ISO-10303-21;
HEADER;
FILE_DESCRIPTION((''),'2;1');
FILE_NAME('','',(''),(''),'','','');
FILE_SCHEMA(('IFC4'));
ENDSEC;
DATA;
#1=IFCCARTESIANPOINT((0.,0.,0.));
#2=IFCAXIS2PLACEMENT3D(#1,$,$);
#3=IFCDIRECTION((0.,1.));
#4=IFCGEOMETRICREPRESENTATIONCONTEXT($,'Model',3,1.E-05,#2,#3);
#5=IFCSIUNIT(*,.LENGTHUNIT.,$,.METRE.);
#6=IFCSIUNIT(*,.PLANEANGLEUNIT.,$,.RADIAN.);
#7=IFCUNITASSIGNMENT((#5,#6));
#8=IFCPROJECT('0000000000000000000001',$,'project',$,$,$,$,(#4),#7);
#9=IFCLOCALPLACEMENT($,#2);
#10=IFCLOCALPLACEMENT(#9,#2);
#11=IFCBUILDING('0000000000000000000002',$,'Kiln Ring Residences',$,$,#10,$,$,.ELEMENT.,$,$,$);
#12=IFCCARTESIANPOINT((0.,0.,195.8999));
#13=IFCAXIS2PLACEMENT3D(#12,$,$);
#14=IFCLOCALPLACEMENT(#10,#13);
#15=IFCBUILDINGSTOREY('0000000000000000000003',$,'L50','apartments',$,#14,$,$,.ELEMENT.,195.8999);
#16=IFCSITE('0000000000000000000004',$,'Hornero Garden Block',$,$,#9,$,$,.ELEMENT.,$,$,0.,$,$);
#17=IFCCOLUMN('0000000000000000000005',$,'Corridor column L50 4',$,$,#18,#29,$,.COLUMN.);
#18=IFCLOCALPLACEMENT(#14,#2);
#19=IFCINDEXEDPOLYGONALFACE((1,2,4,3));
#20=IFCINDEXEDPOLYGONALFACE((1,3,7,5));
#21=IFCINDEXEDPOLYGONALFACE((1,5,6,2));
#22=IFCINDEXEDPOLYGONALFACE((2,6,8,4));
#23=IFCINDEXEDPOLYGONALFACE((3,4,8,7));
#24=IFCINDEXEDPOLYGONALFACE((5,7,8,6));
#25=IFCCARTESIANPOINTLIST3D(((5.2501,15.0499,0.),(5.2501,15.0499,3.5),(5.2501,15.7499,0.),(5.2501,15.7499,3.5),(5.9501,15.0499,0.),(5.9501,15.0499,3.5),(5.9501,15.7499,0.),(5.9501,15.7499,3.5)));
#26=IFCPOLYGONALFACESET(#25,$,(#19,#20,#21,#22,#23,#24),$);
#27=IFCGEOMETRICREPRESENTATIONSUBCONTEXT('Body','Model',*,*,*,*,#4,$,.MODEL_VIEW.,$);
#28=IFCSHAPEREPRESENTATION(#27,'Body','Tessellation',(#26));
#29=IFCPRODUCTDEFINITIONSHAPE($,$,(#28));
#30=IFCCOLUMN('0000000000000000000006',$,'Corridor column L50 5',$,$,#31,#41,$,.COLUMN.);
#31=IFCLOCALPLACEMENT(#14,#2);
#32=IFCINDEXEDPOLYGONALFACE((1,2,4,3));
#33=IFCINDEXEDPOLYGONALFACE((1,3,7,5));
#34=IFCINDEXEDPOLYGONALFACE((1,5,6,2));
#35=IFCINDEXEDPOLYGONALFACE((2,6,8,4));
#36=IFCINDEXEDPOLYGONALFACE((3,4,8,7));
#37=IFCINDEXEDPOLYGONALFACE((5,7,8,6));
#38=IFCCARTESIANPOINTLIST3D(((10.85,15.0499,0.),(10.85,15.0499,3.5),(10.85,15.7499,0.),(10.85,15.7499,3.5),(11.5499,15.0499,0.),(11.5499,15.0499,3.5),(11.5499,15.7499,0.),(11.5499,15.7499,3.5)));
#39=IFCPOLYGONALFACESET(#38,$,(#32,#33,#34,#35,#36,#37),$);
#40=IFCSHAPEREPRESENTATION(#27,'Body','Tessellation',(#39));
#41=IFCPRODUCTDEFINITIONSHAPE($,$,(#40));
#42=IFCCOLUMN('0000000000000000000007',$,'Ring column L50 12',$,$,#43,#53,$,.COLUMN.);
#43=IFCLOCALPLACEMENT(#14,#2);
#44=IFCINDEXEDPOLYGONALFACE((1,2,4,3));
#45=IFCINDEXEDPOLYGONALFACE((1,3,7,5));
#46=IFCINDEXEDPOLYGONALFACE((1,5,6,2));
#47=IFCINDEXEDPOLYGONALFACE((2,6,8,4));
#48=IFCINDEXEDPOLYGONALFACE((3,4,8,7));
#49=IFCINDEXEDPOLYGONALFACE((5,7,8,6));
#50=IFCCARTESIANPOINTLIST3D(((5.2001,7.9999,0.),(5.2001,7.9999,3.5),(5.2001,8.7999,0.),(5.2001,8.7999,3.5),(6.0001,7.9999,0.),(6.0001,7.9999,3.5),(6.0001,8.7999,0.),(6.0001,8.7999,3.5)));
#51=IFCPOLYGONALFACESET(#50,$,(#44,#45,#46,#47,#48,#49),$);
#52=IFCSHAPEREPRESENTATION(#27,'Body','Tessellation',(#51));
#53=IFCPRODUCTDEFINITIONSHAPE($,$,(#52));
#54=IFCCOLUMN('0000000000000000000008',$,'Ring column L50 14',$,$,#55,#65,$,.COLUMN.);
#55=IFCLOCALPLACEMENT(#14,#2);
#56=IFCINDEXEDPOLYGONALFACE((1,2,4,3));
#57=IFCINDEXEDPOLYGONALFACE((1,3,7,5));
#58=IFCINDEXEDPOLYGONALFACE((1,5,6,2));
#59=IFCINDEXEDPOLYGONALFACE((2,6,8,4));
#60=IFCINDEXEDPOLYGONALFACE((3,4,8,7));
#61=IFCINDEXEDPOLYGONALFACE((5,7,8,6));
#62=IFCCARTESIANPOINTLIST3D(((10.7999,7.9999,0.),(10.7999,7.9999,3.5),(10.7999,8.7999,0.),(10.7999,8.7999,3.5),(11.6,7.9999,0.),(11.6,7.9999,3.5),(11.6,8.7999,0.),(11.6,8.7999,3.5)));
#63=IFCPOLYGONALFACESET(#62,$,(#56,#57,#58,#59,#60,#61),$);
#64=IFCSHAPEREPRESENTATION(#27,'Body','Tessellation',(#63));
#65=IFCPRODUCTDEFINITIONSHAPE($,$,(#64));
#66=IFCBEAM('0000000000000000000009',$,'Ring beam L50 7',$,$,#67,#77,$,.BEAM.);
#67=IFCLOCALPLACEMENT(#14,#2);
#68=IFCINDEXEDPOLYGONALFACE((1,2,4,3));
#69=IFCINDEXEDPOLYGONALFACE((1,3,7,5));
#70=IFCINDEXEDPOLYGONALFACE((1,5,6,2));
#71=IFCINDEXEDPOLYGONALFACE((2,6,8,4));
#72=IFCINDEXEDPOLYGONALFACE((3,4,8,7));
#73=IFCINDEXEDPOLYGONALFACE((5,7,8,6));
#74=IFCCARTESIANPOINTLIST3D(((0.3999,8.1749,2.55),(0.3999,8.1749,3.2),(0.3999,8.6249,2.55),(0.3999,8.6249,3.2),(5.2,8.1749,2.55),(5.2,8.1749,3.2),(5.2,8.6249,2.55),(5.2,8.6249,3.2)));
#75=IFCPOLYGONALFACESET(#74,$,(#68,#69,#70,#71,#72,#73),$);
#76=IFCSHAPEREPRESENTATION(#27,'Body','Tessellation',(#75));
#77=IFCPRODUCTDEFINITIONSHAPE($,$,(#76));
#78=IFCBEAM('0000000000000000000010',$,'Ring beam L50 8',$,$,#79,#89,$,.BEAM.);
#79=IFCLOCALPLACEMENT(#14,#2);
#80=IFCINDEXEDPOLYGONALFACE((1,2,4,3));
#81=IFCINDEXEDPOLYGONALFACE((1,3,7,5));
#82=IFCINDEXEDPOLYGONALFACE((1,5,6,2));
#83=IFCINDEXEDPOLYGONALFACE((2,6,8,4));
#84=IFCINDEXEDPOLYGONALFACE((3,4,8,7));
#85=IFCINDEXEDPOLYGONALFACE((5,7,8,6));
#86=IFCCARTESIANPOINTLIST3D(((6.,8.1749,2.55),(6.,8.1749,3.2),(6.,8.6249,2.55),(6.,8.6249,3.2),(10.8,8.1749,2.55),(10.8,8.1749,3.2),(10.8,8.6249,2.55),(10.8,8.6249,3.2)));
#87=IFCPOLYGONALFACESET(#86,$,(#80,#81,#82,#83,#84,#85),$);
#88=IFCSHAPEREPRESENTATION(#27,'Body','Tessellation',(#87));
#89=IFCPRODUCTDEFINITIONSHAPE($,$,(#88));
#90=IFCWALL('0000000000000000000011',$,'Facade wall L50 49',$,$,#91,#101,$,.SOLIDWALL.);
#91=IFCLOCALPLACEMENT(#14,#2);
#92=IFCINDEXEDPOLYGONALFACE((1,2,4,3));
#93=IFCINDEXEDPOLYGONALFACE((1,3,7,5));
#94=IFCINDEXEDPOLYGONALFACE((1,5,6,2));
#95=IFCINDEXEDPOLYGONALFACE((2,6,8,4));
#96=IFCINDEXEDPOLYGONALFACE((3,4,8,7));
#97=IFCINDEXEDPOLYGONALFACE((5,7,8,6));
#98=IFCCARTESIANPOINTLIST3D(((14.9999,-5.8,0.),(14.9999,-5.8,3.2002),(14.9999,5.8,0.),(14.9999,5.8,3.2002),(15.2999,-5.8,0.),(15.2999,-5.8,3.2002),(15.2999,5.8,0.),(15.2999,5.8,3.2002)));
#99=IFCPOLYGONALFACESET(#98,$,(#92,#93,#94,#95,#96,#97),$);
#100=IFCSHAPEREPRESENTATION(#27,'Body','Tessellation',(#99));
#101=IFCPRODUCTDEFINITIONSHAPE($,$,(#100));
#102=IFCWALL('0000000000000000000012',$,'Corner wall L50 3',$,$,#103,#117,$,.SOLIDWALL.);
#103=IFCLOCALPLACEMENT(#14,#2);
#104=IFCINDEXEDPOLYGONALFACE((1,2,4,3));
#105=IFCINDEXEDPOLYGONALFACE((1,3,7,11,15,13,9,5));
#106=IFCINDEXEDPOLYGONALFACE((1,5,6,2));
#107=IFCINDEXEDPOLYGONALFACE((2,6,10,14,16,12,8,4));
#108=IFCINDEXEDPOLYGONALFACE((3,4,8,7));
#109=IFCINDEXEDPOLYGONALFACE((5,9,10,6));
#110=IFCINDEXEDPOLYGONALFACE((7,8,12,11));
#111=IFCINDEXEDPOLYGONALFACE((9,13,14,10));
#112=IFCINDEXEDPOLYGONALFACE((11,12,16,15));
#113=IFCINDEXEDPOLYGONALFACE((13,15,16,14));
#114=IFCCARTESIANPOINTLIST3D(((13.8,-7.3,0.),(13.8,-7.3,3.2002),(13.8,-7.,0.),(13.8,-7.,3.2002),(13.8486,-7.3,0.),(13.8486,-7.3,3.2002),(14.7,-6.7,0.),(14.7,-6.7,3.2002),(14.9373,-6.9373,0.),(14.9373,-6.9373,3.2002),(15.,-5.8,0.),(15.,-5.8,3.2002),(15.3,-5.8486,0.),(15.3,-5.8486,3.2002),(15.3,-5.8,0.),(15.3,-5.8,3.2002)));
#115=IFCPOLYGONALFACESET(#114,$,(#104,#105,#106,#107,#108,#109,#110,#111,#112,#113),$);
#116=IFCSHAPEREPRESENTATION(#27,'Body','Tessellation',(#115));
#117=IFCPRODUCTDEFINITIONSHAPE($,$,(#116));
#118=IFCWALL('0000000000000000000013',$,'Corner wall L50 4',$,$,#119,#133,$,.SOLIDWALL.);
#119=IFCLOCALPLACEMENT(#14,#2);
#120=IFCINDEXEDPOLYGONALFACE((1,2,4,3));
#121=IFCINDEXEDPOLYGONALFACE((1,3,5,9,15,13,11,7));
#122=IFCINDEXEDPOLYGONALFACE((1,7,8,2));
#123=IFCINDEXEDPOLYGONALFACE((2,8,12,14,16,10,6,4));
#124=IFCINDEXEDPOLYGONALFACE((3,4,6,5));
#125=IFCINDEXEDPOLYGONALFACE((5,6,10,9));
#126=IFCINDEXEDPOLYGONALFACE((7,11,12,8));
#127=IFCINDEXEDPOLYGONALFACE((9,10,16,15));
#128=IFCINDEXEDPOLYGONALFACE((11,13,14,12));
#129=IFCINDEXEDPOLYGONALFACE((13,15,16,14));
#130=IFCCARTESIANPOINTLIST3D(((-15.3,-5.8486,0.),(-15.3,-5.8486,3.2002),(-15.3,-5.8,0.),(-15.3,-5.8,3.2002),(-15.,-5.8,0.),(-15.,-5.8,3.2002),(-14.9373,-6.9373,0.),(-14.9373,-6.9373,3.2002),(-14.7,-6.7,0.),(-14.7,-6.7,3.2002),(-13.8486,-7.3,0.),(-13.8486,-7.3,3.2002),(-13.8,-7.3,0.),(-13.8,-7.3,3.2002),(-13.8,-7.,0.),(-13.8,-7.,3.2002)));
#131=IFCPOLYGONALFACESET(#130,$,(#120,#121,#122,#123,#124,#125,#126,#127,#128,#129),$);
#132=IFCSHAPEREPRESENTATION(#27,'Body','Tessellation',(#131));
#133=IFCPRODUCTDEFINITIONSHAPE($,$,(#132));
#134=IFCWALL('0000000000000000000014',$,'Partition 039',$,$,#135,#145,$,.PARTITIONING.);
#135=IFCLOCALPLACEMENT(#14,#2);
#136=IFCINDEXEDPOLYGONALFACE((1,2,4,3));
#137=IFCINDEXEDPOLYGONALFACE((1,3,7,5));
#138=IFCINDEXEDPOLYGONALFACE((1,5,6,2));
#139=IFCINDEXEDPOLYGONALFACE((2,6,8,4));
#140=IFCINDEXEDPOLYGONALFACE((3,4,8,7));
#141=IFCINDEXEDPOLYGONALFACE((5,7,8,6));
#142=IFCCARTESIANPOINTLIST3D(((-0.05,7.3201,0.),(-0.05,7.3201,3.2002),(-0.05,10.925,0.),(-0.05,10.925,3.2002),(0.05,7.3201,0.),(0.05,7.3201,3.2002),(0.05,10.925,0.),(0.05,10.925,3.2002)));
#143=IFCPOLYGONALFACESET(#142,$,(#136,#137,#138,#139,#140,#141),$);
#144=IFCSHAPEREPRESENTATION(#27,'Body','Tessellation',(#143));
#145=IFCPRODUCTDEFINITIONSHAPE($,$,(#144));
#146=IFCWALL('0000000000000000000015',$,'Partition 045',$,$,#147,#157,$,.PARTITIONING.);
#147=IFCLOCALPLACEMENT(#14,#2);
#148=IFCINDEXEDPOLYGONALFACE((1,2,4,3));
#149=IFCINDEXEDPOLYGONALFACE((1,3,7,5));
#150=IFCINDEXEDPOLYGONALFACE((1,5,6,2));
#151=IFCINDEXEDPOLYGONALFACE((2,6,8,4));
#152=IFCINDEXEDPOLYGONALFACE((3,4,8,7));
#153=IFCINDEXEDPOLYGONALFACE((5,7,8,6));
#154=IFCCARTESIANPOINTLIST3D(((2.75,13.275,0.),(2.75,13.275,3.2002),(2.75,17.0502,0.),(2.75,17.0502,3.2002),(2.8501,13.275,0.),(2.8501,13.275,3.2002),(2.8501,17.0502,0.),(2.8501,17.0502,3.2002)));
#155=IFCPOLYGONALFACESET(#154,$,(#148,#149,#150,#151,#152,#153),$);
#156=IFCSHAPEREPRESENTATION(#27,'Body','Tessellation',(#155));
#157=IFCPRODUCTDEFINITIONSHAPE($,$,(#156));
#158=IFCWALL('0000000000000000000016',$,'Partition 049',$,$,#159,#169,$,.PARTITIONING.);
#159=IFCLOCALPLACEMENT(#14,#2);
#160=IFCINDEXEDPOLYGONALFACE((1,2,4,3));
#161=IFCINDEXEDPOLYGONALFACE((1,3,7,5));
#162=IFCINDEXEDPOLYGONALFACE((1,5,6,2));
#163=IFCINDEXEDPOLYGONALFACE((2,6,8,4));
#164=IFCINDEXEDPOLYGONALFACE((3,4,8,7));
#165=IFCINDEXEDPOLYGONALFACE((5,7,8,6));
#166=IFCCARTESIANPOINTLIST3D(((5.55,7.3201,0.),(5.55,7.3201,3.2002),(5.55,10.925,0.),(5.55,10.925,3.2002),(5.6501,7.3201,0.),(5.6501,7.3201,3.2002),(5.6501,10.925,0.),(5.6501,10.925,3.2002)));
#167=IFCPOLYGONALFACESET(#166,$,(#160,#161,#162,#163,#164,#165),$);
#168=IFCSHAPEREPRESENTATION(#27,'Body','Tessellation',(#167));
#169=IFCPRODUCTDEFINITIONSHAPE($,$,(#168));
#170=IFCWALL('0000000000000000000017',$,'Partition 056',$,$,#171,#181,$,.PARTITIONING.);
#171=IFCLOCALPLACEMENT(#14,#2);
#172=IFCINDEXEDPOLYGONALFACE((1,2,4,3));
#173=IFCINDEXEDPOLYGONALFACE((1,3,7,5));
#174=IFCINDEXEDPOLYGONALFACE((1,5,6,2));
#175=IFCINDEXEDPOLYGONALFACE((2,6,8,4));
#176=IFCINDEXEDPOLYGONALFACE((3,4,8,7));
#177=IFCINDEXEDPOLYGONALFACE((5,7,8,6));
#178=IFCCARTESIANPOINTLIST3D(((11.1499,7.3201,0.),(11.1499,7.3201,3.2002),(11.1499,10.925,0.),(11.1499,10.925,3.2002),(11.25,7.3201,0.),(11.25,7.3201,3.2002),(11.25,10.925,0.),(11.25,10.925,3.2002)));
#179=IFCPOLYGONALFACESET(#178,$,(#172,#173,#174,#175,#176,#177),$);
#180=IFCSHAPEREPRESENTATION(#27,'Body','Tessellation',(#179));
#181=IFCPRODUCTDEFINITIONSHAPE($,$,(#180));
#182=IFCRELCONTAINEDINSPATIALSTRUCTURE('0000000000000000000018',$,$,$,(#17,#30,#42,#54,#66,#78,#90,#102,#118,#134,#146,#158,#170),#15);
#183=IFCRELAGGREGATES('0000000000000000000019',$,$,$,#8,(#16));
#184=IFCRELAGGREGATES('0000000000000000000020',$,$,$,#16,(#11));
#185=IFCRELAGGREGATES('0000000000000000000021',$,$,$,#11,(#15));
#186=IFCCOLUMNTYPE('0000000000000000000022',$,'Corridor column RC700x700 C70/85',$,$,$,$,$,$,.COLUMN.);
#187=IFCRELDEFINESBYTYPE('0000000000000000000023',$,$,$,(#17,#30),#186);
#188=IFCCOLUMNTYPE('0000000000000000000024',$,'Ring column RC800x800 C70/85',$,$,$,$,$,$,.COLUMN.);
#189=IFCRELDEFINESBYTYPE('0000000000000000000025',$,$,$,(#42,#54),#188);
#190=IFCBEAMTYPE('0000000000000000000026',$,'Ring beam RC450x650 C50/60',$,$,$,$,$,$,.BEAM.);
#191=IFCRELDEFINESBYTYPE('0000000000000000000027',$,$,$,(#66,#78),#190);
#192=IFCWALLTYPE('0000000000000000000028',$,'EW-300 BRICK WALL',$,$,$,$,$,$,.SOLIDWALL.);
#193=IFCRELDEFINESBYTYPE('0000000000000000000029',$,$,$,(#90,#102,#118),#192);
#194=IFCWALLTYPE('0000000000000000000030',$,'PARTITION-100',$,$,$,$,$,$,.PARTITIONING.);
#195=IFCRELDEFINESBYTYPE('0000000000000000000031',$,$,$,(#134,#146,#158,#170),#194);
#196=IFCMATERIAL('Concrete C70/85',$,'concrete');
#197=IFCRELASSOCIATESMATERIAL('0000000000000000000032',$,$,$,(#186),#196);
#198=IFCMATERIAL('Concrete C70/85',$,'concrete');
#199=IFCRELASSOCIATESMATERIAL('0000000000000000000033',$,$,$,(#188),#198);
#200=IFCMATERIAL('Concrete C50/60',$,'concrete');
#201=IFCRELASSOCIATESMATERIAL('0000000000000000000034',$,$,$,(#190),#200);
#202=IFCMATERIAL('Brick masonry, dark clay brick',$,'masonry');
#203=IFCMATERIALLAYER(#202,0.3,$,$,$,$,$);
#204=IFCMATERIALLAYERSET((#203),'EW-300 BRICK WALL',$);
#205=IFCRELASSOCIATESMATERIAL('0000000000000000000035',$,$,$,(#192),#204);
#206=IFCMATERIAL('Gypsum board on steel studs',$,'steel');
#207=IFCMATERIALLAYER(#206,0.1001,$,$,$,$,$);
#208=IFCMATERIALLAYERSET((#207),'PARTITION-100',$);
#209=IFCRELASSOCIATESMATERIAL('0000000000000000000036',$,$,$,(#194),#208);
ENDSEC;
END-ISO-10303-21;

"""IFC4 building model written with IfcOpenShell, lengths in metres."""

from ifc_helpers import new_model, si_unit, direction, frame, frame_2d, origin, origin_2d, place, context, subcontext, project, spatial, polyline, rectangle, outline, extrude, material, layer, layer_set, material_profile, profile_set, type_object, element, save


model = new_model("IFC4")

# Units and contexts
model_context = context("Model", 3, precision=1e-05, world=origin(), true_north=direction((0.0, 1.0)))
body_context = subcontext(model_context, "Body", "Model", "MODEL_VIEW")
ifc_project = project(units=[si_unit("LENGTHUNIT", "METRE"), si_unit("PLANEANGLEUNIT", "RADIAN")], contexts=[model_context])

# Site, building, storey
site_placement = place(None, origin())
site = spatial("IfcSite", under=ifc_project, at=site_placement, Name="Hornero Garden Block", CompositionType="ELEMENT", RefElevation=0.0)
building_placement = place(site_placement, origin())
building = spatial("IfcBuilding", under=site, at=building_placement, Name="Kiln Ring Residences", CompositionType="ELEMENT")
storey_placement = place(building_placement, frame((0.0, 0.0, 195.8999)))
storey = spatial("IfcBuildingStorey", under=building, at=storey_placement, Name="L50", Description="apartments", CompositionType="ELEMENT", Elevation=195.8999)

# Columns
ifc_material_1 = material(Name="Concrete C70/85", Category="concrete")
ifc_material_profile_1 = material_profile(ifc_material_1, rectangle(XDim=0.7, YDim=0.7, at=origin_2d()), Name="RC700x700")
ifc_profile_set_1 = profile_set([ifc_material_profile_1], Name="Concrete C70/85")
column_type_1 = type_object("IfcColumnType", Name="Corridor column RC700x700 C70/85", PredefinedType="COLUMN", material=ifc_profile_set_1)
for number, where, z_axis, x_axis, name in (
    (1, (5.6001, 15.3999, 0.0), (0.0, 0.0, 1.0), (1.0, 0.0, 0.0), "Corridor column L50 4"),
    (2, (11.2, 15.3999, 0.0), (0.0, 0.0, 1.0), (1.0, 0.0, 0.0), "Corridor column L50 5"),
):
    element("IfcColumn", number, at=place(storey_placement, frame(where, z_axis=z_axis, x_axis=x_axis)), inside=storey, type_object=column_type_1, Name=name, PredefinedType="COLUMN", context=body_context, shape_type="SweptSolid", body=[
        extrude(rectangle(XDim=0.7, YDim=0.7, at=origin_2d()), origin(), (0.0, 0.0, 1.0), 3.5),
    ])
ifc_material_2 = material(Name="Concrete C70/85", Category="concrete")
ifc_material_profile_2 = material_profile(ifc_material_2, rectangle(XDim=0.8, YDim=0.8, at=origin_2d()), Name="RC800x800")
ifc_profile_set_2 = profile_set([ifc_material_profile_2], Name="Concrete C70/85")
column_type_2 = type_object("IfcColumnType", Name="Ring column RC800x800 C70/85", PredefinedType="COLUMN", material=ifc_profile_set_2)
for number, where, z_axis, x_axis, name in (
    (3, (5.6001, 8.3999, 0.0), (0.0, 0.0, 1.0), (1.0, 0.0, 0.0), "Ring column L50 12"),
    (4, (11.2, 8.3999, 0.0), (0.0, 0.0, 1.0), (1.0, 0.0, 0.0), "Ring column L50 14"),
):
    element("IfcColumn", number, at=place(storey_placement, frame(where, z_axis=z_axis, x_axis=x_axis)), inside=storey, type_object=column_type_2, Name=name, PredefinedType="COLUMN", context=body_context, shape_type="SweptSolid", body=[
        extrude(rectangle(XDim=0.8, YDim=0.8, at=origin_2d()), origin(), (0.0, 0.0, 1.0), 3.5),
    ])

# Beams
ifc_material_3 = material(Name="Concrete C50/60", Category="concrete")
ifc_material_profile_3 = material_profile(ifc_material_3, rectangle(XDim=0.45, YDim=0.6499, at=origin_2d()), Name="RC450x650")
ifc_profile_set_3 = profile_set([ifc_material_profile_3], Name="Concrete C50/60")
beam_type = type_object("IfcBeamType", Name="Ring beam RC450x650 C50/60", PredefinedType="BEAM", material=ifc_profile_set_3)
for number, where, z_axis, x_axis, name in (
    (5, (0.3999, 8.3999, 2.875), (1.0, 0.0, 0.0), (0.0, 1.0, 0.0), "Ring beam L50 7"),
    (6, (6.0, 8.3999, 2.875), (1.0, 0.0, 0.0), (0.0, 1.0, 0.0), "Ring beam L50 8"),
):
    element("IfcBeam", number, at=place(storey_placement, frame(where, z_axis=z_axis, x_axis=x_axis)), inside=storey, type_object=beam_type, Name=name, PredefinedType="BEAM", context=body_context, shape_type="SweptSolid", body=[
        extrude(rectangle(XDim=0.45, YDim=0.6499, at=origin_2d()), origin(), (0.0, 0.0, 1.0), 4.8),
    ])

# Walls
ifc_material_4 = material(Name="Brick masonry, dark clay brick", Category="masonry")
ifc_layer_1 = layer(ifc_material_4, 0.3)
ifc_layer_set_1 = layer_set([ifc_layer_1], Name="EW-300 BRICK WALL")
wall_type_1 = type_object("IfcWallType", Name="EW-300 BRICK WALL", PredefinedType="SOLIDWALL", material=ifc_layer_set_1)
wall_1_placement = place(storey_placement, frame((15.1499, 5.8, 0.0), z_axis=(0.0, 0.0, 1.0), x_axis=(0.0, -1.0, 0.0)))
element("IfcWall", 7, at=wall_1_placement, inside=storey, type_object=wall_type_1, Name="Facade wall L50 49", PredefinedType="SOLIDWALL", context=body_context, shape_type="SweptSolid", body=[
    extrude(rectangle(XDim=11.6001, YDim=0.3, at=frame_2d((5.8, 0.0))), origin(), (0.0, 0.0, 1.0), 3.2002),
])
placement = place(storey_placement, origin())
element("IfcWall", 8, at=placement, inside=storey, type_object=wall_type_1, Name="Corner wall L50 3", PredefinedType="SOLIDWALL", context=body_context, shape_type="SweptSolid", body=[
    extrude(outline(polyline([(14.9373, -6.9373), (15.3, -5.8486), (15.3, -5.8), (15.0, -5.8), (14.7, -6.7), (13.8, -7.0), (13.8, -7.3), (13.8486, -7.3), (14.9373, -6.9373)])), origin(), (0.0, 0.0, 1.0), 3.2002),
])
element("IfcWall", 9, at=placement, inside=storey, type_object=wall_type_1, Name="Corner wall L50 4", PredefinedType="SOLIDWALL", context=body_context, shape_type="SweptSolid", body=[
    extrude(outline(polyline([(-14.9373, -6.9373), (-13.8486, -7.3), (-13.8, -7.3), (-13.8, -7.0), (-14.7, -6.7), (-15.0, -5.8), (-15.3, -5.8), (-15.3, -5.8486), (-14.9373, -6.9373)])), origin(), (0.0, 0.0, 1.0), 3.2002),
])
ifc_material_5 = material(Name="Gypsum board on steel studs", Category="steel")
ifc_layer_2 = layer(ifc_material_5, 0.1001)
ifc_layer_set_2 = layer_set([ifc_layer_2], Name="PARTITION-100")
wall_type_2 = type_object("IfcWallType", Name="PARTITION-100", PredefinedType="PARTITIONING", material=ifc_layer_set_2)
wall_2_placement = place(storey_placement, frame((0.0, 7.3201, 0.0), z_axis=(0.0, 0.0, 1.0), x_axis=(0.0, 1.0, 0.0)))
element("IfcWall", 10, at=wall_2_placement, inside=storey, type_object=wall_type_2, Name="Partition 039", PredefinedType="PARTITIONING", context=body_context, shape_type="SweptSolid", body=[
    extrude(rectangle(XDim=3.605, YDim=0.1001, at=frame_2d((1.8025, 0.0))), origin(), (0.0, 0.0, 1.0), 3.2002),
])
wall_3_placement = place(storey_placement, frame((2.8, 13.2749, 0.0), z_axis=(0.0, 0.0, 1.0), x_axis=(0.0, 1.0, 0.0)))
element("IfcWall", 11, at=wall_3_placement, inside=storey, type_object=wall_type_2, Name="Partition 045", PredefinedType="PARTITIONING", context=body_context, shape_type="SweptSolid", body=[
    extrude(rectangle(XDim=3.7751, YDim=0.1001, at=frame_2d((1.8877, 0.0))), origin(), (0.0, 0.0, 1.0), 3.2002),
])
for number, where, z_axis, x_axis, name in (
    (12, (5.6001, 7.3201, 0.0), (0.0, 0.0, 1.0), (0.0, 1.0, 0.0), "Partition 049"),
    (13, (11.2, 7.3201, 0.0), (0.0, 0.0, 1.0), (0.0, 1.0, 0.0), "Partition 056"),
):
    element("IfcWall", number, at=place(storey_placement, frame(where, z_axis=z_axis, x_axis=x_axis)), inside=storey, type_object=wall_type_2, Name=name, PredefinedType="PARTITIONING", context=body_context, shape_type="SweptSolid", body=[
        extrude(rectangle(XDim=3.605, YDim=0.1001, at=frame_2d((1.8025, 0.0))), origin(), (0.0, 0.0, 1.0), 3.2002),
    ])

save(model, "model.ifc")
